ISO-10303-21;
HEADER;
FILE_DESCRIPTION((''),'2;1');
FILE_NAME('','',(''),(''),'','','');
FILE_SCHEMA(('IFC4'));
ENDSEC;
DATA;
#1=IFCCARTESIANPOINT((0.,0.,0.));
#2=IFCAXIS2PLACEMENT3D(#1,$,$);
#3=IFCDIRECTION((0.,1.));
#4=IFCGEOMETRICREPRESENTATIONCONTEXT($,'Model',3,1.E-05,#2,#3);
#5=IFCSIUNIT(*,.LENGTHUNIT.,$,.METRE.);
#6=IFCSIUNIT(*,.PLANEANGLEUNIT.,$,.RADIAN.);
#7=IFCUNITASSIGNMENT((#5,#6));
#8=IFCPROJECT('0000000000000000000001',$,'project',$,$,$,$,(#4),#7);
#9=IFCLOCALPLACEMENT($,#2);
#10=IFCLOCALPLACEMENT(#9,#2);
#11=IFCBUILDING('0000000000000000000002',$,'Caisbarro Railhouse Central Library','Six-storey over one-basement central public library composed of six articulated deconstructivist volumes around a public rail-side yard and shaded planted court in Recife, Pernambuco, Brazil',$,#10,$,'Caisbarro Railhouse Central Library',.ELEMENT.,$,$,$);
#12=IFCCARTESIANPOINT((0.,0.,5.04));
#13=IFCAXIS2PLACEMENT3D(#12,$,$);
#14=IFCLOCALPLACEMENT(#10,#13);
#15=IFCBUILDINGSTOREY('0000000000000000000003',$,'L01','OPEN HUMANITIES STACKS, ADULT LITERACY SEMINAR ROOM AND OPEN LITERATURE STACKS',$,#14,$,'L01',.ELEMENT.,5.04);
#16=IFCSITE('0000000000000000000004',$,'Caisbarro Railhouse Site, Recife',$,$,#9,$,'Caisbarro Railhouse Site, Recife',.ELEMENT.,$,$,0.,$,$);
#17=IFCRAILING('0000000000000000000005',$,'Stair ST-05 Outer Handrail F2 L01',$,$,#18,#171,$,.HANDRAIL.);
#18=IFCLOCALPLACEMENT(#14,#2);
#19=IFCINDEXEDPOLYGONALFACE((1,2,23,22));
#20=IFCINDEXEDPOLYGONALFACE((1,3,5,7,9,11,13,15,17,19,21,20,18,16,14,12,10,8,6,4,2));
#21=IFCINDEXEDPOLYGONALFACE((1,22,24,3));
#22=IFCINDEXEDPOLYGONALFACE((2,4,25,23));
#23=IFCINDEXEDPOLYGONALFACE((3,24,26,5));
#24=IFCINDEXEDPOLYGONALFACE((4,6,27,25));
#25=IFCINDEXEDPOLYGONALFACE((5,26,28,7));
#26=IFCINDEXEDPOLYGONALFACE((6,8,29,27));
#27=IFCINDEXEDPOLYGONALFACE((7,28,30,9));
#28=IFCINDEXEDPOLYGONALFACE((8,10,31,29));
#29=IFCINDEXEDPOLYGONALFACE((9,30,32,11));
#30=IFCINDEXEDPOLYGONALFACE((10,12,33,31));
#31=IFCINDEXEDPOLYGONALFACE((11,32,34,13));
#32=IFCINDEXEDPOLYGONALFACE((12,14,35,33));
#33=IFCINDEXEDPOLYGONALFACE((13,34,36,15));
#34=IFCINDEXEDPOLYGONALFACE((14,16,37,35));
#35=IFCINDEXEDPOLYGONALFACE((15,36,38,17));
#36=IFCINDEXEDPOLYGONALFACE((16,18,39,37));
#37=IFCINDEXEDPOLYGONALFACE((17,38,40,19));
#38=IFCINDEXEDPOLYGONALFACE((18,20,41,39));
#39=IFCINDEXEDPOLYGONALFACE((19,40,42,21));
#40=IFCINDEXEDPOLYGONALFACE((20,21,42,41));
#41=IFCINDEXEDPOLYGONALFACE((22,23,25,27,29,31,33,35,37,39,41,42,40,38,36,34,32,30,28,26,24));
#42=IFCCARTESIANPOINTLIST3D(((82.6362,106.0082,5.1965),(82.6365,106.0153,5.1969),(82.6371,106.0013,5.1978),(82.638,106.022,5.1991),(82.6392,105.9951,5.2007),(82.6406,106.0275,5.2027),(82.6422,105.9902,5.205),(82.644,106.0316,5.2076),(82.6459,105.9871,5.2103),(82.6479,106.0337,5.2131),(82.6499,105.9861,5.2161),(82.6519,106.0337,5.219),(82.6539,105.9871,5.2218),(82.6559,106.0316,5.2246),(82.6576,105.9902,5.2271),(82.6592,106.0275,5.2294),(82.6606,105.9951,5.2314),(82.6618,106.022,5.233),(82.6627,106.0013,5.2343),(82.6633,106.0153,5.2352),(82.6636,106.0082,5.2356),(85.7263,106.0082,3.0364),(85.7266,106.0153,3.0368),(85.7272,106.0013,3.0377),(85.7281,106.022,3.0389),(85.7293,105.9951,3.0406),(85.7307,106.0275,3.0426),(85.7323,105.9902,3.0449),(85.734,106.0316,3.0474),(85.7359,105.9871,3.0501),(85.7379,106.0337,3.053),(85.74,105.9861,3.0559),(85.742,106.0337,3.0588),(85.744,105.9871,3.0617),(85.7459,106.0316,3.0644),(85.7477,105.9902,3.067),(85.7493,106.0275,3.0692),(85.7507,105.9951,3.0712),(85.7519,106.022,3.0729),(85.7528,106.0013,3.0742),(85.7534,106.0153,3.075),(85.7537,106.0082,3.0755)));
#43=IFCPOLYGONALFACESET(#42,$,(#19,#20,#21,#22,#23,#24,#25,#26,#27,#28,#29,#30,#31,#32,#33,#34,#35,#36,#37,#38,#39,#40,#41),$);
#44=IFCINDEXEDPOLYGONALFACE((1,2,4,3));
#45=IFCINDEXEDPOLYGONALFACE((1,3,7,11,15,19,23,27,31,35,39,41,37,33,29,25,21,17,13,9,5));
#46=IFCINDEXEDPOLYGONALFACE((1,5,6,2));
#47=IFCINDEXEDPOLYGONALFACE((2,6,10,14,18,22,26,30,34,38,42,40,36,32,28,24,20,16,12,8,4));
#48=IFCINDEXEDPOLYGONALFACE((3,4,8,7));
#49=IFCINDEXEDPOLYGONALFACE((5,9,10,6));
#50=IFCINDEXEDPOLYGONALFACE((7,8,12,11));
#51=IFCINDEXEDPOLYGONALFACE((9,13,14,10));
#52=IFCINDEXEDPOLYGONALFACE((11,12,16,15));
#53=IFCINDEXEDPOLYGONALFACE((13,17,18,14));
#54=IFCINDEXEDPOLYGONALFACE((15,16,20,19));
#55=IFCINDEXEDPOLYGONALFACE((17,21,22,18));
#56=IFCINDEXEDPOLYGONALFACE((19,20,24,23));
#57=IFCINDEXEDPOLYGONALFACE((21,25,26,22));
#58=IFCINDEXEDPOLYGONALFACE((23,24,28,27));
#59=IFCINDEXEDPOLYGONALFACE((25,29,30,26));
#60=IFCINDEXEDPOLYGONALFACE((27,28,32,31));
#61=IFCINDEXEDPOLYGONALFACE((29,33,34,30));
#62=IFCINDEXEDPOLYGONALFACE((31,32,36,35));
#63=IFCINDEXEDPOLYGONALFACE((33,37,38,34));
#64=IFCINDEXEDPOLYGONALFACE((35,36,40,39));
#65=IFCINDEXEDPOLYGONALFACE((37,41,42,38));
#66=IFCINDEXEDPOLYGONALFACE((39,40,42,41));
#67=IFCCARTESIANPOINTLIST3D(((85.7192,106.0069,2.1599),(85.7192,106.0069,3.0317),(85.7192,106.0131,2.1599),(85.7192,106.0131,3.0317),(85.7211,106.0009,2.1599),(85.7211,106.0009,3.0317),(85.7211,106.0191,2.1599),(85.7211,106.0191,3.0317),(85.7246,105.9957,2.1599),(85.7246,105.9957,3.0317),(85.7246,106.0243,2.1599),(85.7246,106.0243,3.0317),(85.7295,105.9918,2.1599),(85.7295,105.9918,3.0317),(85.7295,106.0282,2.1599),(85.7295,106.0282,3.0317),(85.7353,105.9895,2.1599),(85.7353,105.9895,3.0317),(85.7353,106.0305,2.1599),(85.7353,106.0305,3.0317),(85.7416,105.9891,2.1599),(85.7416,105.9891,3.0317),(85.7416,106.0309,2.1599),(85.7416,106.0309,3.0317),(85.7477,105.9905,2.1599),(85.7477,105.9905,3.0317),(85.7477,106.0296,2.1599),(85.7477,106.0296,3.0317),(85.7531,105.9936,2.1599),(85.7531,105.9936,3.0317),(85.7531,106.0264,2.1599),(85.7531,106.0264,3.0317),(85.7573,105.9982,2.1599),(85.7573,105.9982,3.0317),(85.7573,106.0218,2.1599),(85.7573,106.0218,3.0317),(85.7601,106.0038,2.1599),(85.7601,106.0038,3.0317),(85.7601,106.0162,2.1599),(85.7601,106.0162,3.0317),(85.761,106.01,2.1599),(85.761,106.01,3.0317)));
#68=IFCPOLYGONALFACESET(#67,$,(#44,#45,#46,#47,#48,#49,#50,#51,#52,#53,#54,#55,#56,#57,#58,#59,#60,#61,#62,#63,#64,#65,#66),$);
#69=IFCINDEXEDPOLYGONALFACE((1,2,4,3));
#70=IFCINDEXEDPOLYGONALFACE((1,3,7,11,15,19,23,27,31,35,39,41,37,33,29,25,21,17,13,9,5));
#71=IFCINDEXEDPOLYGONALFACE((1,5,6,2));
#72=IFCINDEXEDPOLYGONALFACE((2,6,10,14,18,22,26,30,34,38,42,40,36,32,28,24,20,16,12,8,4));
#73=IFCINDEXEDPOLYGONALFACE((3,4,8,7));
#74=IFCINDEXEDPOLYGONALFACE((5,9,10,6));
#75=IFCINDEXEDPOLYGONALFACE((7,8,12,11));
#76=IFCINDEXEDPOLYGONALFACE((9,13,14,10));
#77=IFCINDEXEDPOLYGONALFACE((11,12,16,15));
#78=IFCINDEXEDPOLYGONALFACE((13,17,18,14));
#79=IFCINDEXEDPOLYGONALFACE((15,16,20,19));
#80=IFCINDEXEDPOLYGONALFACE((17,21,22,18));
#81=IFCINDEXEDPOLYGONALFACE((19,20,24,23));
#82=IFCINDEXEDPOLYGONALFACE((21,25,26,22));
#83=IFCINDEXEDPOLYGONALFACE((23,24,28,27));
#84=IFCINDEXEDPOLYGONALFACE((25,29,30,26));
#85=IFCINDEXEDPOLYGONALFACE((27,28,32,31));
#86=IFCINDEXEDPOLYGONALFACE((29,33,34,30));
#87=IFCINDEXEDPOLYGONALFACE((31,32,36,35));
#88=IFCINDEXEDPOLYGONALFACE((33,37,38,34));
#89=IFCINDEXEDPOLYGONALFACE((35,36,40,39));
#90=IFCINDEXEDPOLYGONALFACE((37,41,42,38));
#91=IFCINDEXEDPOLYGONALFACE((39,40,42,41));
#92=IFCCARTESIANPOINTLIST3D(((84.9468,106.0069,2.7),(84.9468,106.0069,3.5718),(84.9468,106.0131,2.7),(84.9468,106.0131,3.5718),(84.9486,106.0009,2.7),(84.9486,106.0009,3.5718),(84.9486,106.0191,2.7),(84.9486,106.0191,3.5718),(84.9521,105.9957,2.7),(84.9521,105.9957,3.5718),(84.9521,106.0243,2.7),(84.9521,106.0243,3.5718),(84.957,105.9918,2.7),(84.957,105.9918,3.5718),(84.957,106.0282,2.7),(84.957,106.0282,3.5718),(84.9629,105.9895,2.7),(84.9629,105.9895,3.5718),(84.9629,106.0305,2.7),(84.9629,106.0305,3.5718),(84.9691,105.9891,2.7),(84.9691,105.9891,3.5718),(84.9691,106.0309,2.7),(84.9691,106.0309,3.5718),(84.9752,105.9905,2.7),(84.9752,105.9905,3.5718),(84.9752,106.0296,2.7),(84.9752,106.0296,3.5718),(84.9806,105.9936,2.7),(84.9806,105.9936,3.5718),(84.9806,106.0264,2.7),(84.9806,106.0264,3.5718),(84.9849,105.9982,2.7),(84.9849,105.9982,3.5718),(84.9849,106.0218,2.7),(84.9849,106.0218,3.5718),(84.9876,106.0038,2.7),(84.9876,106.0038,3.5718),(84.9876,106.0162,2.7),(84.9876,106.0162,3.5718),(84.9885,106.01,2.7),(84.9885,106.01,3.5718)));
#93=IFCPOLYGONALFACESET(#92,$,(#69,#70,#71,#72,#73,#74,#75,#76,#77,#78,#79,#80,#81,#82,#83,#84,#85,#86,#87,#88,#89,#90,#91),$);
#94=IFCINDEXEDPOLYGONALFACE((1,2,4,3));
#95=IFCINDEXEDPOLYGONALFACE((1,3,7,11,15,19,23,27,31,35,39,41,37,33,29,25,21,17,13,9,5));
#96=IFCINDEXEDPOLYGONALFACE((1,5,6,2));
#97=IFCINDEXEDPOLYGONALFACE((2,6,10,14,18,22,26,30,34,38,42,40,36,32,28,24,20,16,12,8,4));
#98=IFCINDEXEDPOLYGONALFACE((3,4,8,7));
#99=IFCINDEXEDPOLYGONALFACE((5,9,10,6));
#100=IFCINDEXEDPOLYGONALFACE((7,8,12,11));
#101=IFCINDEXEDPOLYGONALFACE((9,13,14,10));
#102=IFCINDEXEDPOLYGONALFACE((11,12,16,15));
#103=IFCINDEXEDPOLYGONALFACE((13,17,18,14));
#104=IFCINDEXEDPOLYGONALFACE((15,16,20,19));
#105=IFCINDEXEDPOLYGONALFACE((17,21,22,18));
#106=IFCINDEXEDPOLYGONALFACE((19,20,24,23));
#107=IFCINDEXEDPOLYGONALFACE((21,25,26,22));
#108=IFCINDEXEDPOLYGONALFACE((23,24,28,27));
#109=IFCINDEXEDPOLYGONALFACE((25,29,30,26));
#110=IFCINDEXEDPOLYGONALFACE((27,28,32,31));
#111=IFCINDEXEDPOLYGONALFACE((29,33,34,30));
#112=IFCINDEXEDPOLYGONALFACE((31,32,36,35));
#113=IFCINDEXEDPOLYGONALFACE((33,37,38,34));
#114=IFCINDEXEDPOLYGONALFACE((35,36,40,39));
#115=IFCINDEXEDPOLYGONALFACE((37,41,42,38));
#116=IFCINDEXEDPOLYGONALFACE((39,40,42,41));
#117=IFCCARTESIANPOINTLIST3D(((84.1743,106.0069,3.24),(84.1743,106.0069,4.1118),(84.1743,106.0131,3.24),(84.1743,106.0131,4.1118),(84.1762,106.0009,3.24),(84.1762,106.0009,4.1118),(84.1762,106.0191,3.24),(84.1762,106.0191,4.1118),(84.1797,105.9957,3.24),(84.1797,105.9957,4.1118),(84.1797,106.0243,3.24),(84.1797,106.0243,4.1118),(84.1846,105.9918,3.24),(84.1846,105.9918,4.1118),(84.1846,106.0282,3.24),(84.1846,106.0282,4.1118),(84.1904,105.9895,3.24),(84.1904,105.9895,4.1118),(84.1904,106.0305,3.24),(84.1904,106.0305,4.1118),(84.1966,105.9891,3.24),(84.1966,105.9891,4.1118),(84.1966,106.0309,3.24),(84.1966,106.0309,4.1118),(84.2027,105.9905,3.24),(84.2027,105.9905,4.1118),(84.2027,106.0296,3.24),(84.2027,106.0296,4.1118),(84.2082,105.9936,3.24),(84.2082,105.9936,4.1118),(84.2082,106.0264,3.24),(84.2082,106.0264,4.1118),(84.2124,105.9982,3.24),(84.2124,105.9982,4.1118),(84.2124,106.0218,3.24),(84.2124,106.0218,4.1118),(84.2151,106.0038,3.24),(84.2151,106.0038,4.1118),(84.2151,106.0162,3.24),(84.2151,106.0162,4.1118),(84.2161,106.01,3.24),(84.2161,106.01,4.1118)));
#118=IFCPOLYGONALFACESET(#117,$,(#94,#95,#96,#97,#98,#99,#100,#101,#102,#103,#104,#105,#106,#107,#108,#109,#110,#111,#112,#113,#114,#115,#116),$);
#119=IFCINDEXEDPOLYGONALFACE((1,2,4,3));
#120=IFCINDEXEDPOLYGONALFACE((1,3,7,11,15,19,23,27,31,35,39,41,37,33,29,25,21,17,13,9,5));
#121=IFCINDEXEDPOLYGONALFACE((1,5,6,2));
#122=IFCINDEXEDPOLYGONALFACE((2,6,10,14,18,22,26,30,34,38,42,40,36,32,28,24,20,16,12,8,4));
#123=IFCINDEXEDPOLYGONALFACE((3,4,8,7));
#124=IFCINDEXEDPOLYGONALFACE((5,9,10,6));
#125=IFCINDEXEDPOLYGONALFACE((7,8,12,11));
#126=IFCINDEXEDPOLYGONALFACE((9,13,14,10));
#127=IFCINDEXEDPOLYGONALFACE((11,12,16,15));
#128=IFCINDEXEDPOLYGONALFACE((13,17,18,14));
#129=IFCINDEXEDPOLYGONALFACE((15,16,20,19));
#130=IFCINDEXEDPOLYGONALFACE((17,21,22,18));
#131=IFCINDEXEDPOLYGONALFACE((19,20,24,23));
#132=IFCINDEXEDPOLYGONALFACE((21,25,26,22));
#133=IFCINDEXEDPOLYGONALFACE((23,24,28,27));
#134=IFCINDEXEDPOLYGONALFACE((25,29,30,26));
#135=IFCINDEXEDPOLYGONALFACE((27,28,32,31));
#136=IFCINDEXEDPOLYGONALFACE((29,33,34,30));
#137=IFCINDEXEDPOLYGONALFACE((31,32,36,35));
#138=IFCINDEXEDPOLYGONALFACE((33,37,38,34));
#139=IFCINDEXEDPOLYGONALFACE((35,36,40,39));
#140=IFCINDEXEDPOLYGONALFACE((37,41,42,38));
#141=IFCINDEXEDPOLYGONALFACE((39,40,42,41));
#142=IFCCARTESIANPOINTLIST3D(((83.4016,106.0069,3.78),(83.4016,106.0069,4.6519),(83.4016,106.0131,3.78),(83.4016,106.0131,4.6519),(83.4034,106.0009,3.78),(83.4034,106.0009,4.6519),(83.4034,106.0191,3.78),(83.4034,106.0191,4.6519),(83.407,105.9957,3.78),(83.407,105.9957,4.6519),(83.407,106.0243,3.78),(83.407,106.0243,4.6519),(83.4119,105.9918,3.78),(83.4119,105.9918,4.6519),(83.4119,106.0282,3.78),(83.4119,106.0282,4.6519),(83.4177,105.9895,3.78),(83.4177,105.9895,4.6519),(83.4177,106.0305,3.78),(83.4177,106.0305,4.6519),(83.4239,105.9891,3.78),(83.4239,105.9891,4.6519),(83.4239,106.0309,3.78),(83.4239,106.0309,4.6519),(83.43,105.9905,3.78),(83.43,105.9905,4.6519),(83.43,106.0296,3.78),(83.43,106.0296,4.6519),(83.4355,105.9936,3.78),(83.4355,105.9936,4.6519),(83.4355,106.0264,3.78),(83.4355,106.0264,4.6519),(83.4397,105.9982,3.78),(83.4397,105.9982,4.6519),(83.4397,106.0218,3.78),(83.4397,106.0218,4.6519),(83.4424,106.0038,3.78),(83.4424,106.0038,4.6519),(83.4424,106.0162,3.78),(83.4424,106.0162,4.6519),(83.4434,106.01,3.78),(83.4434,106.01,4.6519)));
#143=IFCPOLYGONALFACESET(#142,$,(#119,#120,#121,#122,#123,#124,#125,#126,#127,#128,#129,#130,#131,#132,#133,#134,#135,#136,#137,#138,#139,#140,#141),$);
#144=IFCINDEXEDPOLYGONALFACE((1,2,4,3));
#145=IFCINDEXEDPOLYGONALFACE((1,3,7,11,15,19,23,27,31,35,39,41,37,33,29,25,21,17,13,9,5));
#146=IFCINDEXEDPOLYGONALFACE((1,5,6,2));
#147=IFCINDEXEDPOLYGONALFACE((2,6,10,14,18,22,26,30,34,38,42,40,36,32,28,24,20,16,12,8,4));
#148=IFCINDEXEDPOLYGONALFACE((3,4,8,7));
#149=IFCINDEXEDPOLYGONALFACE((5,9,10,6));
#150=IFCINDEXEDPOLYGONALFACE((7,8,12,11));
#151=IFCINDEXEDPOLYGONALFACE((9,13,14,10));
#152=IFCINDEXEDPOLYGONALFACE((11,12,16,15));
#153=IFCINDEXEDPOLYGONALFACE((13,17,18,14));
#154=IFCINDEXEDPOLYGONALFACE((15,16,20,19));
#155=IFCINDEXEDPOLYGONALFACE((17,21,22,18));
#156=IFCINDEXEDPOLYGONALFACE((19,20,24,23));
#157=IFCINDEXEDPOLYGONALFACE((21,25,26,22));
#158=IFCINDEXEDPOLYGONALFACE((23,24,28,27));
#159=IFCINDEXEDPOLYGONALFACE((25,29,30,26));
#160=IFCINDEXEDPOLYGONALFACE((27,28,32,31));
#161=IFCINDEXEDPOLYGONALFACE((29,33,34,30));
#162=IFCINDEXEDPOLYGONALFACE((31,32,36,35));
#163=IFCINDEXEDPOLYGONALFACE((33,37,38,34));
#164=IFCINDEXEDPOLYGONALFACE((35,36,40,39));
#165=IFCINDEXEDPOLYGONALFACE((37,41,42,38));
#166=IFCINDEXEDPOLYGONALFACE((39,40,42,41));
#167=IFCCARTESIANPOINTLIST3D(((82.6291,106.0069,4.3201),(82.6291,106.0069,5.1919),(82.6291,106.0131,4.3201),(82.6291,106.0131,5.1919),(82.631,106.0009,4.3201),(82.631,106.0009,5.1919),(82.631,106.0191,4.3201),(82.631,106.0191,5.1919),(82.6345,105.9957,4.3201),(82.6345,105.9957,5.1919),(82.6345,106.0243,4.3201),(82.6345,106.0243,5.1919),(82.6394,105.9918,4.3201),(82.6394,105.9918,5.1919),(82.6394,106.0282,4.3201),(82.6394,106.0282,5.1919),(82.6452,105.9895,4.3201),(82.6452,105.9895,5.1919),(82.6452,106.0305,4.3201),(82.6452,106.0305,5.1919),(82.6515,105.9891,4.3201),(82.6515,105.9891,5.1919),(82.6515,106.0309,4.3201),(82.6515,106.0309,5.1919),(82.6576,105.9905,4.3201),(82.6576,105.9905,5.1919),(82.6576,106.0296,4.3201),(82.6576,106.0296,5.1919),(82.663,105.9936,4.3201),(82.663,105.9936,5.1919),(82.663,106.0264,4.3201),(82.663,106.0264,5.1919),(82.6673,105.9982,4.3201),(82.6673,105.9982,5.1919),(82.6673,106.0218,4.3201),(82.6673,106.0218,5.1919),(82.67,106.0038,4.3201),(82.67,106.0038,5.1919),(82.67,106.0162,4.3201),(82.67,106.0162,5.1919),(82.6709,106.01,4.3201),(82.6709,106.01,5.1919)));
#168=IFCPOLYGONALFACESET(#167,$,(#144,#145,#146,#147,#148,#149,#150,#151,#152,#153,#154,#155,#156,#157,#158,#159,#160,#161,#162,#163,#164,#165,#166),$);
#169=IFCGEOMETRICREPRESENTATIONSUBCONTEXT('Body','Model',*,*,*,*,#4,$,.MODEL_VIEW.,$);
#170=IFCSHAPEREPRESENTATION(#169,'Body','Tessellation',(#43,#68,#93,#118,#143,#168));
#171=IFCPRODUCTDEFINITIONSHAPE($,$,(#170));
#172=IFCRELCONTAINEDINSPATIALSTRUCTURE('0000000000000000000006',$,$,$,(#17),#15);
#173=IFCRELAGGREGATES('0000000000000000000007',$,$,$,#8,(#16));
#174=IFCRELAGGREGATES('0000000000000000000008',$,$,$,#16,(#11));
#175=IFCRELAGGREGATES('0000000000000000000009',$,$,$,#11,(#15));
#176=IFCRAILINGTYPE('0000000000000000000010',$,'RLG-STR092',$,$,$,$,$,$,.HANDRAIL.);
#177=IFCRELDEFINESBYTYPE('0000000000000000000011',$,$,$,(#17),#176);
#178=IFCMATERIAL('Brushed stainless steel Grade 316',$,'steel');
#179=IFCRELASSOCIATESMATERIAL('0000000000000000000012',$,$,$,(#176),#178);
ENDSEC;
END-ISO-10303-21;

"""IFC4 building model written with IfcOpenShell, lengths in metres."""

from ifc_helpers import new_model, si_unit, direction, frame, origin, origin_2d, place, context, subcontext, project, spatial, circle, extrude, material, type_object, element, save


model = new_model("IFC4")

# Units and contexts
model_context = context("Model", 3, precision=1e-05, world=origin(), true_north=direction((0.0, 1.0)))
body_context = subcontext(model_context, "Body", "Model", "MODEL_VIEW")
ifc_project = project(units=[si_unit("LENGTHUNIT", "METRE"), si_unit("PLANEANGLEUNIT", "RADIAN")], contexts=[model_context])

# Site, building, storey
site_placement = place(None, origin())
site = spatial("IfcSite", under=ifc_project, at=site_placement, Name="Caisbarro Railhouse Site, Recife", LongName="Caisbarro Railhouse Site, Recife", CompositionType="ELEMENT", RefElevation=0.0)
building_placement = place(site_placement, origin())
building = spatial("IfcBuilding", under=site, at=building_placement, Name="Caisbarro Railhouse Central Library", Description="Six-storey over one-basement central public library composed of six articulated deconstructivist volumes around a public rail-side yard and shaded planted court in Recife, Pernambuco, Brazil", LongName="Caisbarro Railhouse Central Library", CompositionType="ELEMENT")
storey_placement = place(building_placement, frame((0.0, 0.0, 5.04)))
storey = spatial("IfcBuildingStorey", under=building, at=storey_placement, Name="L01", Description="OPEN HUMANITIES STACKS, ADULT LITERACY SEMINAR ROOM AND OPEN LITERATURE STACKS", LongName="L01", CompositionType="ELEMENT", Elevation=5.04)

# Railing
ifc_material_1 = material(Name="Brushed stainless steel Grade 316", Category="steel")
railing_type_1 = type_object("IfcRailingType", Name="RLG-STR092", PredefinedType="HANDRAIL", material=ifc_material_1)
railing_1_placement = place(storey_placement, frame((85.74, 106.01, 2.1599)))
element("IfcRailing", 1, at=railing_1_placement, inside=storey, type_object=railing_type_1, Name="Stair ST-05 Outer Handrail F2 L01", PredefinedType="HANDRAIL", context=body_context, shape_type="SweptSolid", body=[
    extrude(circle(Radius=0.0239, at=origin_2d()), frame((0.0, 0.0, 0.896), z_axis=(-0.819594, 0.0, 0.572945), x_axis=(0.0, -1.0, 0.0)), (0.0, 0.0, 1.0), 3.7703),
    extrude(circle(Radius=0.021, at=origin_2d()), origin(), (0.0, 0.0, 1.0), 0.8718),
    extrude(circle(Radius=0.021, at=origin_2d()), frame((-0.7725, 0.0, 0.54)), (0.0, 0.0, 1.0), 0.8718),
    extrude(circle(Radius=0.021, at=origin_2d()), frame((-1.5449, 0.0, 1.0801)), (0.0, 0.0, 1.0), 0.8718),
    extrude(circle(Radius=0.021, at=origin_2d()), frame((-2.3176, 0.0, 1.6201)), (0.0, 0.0, 1.0), 0.8718),
    extrude(circle(Radius=0.021, at=origin_2d()), frame((-3.0901, 0.0, 2.1602)), (0.0, 0.0, 1.0), 0.8718),
])

save(model, "model.ifc")
